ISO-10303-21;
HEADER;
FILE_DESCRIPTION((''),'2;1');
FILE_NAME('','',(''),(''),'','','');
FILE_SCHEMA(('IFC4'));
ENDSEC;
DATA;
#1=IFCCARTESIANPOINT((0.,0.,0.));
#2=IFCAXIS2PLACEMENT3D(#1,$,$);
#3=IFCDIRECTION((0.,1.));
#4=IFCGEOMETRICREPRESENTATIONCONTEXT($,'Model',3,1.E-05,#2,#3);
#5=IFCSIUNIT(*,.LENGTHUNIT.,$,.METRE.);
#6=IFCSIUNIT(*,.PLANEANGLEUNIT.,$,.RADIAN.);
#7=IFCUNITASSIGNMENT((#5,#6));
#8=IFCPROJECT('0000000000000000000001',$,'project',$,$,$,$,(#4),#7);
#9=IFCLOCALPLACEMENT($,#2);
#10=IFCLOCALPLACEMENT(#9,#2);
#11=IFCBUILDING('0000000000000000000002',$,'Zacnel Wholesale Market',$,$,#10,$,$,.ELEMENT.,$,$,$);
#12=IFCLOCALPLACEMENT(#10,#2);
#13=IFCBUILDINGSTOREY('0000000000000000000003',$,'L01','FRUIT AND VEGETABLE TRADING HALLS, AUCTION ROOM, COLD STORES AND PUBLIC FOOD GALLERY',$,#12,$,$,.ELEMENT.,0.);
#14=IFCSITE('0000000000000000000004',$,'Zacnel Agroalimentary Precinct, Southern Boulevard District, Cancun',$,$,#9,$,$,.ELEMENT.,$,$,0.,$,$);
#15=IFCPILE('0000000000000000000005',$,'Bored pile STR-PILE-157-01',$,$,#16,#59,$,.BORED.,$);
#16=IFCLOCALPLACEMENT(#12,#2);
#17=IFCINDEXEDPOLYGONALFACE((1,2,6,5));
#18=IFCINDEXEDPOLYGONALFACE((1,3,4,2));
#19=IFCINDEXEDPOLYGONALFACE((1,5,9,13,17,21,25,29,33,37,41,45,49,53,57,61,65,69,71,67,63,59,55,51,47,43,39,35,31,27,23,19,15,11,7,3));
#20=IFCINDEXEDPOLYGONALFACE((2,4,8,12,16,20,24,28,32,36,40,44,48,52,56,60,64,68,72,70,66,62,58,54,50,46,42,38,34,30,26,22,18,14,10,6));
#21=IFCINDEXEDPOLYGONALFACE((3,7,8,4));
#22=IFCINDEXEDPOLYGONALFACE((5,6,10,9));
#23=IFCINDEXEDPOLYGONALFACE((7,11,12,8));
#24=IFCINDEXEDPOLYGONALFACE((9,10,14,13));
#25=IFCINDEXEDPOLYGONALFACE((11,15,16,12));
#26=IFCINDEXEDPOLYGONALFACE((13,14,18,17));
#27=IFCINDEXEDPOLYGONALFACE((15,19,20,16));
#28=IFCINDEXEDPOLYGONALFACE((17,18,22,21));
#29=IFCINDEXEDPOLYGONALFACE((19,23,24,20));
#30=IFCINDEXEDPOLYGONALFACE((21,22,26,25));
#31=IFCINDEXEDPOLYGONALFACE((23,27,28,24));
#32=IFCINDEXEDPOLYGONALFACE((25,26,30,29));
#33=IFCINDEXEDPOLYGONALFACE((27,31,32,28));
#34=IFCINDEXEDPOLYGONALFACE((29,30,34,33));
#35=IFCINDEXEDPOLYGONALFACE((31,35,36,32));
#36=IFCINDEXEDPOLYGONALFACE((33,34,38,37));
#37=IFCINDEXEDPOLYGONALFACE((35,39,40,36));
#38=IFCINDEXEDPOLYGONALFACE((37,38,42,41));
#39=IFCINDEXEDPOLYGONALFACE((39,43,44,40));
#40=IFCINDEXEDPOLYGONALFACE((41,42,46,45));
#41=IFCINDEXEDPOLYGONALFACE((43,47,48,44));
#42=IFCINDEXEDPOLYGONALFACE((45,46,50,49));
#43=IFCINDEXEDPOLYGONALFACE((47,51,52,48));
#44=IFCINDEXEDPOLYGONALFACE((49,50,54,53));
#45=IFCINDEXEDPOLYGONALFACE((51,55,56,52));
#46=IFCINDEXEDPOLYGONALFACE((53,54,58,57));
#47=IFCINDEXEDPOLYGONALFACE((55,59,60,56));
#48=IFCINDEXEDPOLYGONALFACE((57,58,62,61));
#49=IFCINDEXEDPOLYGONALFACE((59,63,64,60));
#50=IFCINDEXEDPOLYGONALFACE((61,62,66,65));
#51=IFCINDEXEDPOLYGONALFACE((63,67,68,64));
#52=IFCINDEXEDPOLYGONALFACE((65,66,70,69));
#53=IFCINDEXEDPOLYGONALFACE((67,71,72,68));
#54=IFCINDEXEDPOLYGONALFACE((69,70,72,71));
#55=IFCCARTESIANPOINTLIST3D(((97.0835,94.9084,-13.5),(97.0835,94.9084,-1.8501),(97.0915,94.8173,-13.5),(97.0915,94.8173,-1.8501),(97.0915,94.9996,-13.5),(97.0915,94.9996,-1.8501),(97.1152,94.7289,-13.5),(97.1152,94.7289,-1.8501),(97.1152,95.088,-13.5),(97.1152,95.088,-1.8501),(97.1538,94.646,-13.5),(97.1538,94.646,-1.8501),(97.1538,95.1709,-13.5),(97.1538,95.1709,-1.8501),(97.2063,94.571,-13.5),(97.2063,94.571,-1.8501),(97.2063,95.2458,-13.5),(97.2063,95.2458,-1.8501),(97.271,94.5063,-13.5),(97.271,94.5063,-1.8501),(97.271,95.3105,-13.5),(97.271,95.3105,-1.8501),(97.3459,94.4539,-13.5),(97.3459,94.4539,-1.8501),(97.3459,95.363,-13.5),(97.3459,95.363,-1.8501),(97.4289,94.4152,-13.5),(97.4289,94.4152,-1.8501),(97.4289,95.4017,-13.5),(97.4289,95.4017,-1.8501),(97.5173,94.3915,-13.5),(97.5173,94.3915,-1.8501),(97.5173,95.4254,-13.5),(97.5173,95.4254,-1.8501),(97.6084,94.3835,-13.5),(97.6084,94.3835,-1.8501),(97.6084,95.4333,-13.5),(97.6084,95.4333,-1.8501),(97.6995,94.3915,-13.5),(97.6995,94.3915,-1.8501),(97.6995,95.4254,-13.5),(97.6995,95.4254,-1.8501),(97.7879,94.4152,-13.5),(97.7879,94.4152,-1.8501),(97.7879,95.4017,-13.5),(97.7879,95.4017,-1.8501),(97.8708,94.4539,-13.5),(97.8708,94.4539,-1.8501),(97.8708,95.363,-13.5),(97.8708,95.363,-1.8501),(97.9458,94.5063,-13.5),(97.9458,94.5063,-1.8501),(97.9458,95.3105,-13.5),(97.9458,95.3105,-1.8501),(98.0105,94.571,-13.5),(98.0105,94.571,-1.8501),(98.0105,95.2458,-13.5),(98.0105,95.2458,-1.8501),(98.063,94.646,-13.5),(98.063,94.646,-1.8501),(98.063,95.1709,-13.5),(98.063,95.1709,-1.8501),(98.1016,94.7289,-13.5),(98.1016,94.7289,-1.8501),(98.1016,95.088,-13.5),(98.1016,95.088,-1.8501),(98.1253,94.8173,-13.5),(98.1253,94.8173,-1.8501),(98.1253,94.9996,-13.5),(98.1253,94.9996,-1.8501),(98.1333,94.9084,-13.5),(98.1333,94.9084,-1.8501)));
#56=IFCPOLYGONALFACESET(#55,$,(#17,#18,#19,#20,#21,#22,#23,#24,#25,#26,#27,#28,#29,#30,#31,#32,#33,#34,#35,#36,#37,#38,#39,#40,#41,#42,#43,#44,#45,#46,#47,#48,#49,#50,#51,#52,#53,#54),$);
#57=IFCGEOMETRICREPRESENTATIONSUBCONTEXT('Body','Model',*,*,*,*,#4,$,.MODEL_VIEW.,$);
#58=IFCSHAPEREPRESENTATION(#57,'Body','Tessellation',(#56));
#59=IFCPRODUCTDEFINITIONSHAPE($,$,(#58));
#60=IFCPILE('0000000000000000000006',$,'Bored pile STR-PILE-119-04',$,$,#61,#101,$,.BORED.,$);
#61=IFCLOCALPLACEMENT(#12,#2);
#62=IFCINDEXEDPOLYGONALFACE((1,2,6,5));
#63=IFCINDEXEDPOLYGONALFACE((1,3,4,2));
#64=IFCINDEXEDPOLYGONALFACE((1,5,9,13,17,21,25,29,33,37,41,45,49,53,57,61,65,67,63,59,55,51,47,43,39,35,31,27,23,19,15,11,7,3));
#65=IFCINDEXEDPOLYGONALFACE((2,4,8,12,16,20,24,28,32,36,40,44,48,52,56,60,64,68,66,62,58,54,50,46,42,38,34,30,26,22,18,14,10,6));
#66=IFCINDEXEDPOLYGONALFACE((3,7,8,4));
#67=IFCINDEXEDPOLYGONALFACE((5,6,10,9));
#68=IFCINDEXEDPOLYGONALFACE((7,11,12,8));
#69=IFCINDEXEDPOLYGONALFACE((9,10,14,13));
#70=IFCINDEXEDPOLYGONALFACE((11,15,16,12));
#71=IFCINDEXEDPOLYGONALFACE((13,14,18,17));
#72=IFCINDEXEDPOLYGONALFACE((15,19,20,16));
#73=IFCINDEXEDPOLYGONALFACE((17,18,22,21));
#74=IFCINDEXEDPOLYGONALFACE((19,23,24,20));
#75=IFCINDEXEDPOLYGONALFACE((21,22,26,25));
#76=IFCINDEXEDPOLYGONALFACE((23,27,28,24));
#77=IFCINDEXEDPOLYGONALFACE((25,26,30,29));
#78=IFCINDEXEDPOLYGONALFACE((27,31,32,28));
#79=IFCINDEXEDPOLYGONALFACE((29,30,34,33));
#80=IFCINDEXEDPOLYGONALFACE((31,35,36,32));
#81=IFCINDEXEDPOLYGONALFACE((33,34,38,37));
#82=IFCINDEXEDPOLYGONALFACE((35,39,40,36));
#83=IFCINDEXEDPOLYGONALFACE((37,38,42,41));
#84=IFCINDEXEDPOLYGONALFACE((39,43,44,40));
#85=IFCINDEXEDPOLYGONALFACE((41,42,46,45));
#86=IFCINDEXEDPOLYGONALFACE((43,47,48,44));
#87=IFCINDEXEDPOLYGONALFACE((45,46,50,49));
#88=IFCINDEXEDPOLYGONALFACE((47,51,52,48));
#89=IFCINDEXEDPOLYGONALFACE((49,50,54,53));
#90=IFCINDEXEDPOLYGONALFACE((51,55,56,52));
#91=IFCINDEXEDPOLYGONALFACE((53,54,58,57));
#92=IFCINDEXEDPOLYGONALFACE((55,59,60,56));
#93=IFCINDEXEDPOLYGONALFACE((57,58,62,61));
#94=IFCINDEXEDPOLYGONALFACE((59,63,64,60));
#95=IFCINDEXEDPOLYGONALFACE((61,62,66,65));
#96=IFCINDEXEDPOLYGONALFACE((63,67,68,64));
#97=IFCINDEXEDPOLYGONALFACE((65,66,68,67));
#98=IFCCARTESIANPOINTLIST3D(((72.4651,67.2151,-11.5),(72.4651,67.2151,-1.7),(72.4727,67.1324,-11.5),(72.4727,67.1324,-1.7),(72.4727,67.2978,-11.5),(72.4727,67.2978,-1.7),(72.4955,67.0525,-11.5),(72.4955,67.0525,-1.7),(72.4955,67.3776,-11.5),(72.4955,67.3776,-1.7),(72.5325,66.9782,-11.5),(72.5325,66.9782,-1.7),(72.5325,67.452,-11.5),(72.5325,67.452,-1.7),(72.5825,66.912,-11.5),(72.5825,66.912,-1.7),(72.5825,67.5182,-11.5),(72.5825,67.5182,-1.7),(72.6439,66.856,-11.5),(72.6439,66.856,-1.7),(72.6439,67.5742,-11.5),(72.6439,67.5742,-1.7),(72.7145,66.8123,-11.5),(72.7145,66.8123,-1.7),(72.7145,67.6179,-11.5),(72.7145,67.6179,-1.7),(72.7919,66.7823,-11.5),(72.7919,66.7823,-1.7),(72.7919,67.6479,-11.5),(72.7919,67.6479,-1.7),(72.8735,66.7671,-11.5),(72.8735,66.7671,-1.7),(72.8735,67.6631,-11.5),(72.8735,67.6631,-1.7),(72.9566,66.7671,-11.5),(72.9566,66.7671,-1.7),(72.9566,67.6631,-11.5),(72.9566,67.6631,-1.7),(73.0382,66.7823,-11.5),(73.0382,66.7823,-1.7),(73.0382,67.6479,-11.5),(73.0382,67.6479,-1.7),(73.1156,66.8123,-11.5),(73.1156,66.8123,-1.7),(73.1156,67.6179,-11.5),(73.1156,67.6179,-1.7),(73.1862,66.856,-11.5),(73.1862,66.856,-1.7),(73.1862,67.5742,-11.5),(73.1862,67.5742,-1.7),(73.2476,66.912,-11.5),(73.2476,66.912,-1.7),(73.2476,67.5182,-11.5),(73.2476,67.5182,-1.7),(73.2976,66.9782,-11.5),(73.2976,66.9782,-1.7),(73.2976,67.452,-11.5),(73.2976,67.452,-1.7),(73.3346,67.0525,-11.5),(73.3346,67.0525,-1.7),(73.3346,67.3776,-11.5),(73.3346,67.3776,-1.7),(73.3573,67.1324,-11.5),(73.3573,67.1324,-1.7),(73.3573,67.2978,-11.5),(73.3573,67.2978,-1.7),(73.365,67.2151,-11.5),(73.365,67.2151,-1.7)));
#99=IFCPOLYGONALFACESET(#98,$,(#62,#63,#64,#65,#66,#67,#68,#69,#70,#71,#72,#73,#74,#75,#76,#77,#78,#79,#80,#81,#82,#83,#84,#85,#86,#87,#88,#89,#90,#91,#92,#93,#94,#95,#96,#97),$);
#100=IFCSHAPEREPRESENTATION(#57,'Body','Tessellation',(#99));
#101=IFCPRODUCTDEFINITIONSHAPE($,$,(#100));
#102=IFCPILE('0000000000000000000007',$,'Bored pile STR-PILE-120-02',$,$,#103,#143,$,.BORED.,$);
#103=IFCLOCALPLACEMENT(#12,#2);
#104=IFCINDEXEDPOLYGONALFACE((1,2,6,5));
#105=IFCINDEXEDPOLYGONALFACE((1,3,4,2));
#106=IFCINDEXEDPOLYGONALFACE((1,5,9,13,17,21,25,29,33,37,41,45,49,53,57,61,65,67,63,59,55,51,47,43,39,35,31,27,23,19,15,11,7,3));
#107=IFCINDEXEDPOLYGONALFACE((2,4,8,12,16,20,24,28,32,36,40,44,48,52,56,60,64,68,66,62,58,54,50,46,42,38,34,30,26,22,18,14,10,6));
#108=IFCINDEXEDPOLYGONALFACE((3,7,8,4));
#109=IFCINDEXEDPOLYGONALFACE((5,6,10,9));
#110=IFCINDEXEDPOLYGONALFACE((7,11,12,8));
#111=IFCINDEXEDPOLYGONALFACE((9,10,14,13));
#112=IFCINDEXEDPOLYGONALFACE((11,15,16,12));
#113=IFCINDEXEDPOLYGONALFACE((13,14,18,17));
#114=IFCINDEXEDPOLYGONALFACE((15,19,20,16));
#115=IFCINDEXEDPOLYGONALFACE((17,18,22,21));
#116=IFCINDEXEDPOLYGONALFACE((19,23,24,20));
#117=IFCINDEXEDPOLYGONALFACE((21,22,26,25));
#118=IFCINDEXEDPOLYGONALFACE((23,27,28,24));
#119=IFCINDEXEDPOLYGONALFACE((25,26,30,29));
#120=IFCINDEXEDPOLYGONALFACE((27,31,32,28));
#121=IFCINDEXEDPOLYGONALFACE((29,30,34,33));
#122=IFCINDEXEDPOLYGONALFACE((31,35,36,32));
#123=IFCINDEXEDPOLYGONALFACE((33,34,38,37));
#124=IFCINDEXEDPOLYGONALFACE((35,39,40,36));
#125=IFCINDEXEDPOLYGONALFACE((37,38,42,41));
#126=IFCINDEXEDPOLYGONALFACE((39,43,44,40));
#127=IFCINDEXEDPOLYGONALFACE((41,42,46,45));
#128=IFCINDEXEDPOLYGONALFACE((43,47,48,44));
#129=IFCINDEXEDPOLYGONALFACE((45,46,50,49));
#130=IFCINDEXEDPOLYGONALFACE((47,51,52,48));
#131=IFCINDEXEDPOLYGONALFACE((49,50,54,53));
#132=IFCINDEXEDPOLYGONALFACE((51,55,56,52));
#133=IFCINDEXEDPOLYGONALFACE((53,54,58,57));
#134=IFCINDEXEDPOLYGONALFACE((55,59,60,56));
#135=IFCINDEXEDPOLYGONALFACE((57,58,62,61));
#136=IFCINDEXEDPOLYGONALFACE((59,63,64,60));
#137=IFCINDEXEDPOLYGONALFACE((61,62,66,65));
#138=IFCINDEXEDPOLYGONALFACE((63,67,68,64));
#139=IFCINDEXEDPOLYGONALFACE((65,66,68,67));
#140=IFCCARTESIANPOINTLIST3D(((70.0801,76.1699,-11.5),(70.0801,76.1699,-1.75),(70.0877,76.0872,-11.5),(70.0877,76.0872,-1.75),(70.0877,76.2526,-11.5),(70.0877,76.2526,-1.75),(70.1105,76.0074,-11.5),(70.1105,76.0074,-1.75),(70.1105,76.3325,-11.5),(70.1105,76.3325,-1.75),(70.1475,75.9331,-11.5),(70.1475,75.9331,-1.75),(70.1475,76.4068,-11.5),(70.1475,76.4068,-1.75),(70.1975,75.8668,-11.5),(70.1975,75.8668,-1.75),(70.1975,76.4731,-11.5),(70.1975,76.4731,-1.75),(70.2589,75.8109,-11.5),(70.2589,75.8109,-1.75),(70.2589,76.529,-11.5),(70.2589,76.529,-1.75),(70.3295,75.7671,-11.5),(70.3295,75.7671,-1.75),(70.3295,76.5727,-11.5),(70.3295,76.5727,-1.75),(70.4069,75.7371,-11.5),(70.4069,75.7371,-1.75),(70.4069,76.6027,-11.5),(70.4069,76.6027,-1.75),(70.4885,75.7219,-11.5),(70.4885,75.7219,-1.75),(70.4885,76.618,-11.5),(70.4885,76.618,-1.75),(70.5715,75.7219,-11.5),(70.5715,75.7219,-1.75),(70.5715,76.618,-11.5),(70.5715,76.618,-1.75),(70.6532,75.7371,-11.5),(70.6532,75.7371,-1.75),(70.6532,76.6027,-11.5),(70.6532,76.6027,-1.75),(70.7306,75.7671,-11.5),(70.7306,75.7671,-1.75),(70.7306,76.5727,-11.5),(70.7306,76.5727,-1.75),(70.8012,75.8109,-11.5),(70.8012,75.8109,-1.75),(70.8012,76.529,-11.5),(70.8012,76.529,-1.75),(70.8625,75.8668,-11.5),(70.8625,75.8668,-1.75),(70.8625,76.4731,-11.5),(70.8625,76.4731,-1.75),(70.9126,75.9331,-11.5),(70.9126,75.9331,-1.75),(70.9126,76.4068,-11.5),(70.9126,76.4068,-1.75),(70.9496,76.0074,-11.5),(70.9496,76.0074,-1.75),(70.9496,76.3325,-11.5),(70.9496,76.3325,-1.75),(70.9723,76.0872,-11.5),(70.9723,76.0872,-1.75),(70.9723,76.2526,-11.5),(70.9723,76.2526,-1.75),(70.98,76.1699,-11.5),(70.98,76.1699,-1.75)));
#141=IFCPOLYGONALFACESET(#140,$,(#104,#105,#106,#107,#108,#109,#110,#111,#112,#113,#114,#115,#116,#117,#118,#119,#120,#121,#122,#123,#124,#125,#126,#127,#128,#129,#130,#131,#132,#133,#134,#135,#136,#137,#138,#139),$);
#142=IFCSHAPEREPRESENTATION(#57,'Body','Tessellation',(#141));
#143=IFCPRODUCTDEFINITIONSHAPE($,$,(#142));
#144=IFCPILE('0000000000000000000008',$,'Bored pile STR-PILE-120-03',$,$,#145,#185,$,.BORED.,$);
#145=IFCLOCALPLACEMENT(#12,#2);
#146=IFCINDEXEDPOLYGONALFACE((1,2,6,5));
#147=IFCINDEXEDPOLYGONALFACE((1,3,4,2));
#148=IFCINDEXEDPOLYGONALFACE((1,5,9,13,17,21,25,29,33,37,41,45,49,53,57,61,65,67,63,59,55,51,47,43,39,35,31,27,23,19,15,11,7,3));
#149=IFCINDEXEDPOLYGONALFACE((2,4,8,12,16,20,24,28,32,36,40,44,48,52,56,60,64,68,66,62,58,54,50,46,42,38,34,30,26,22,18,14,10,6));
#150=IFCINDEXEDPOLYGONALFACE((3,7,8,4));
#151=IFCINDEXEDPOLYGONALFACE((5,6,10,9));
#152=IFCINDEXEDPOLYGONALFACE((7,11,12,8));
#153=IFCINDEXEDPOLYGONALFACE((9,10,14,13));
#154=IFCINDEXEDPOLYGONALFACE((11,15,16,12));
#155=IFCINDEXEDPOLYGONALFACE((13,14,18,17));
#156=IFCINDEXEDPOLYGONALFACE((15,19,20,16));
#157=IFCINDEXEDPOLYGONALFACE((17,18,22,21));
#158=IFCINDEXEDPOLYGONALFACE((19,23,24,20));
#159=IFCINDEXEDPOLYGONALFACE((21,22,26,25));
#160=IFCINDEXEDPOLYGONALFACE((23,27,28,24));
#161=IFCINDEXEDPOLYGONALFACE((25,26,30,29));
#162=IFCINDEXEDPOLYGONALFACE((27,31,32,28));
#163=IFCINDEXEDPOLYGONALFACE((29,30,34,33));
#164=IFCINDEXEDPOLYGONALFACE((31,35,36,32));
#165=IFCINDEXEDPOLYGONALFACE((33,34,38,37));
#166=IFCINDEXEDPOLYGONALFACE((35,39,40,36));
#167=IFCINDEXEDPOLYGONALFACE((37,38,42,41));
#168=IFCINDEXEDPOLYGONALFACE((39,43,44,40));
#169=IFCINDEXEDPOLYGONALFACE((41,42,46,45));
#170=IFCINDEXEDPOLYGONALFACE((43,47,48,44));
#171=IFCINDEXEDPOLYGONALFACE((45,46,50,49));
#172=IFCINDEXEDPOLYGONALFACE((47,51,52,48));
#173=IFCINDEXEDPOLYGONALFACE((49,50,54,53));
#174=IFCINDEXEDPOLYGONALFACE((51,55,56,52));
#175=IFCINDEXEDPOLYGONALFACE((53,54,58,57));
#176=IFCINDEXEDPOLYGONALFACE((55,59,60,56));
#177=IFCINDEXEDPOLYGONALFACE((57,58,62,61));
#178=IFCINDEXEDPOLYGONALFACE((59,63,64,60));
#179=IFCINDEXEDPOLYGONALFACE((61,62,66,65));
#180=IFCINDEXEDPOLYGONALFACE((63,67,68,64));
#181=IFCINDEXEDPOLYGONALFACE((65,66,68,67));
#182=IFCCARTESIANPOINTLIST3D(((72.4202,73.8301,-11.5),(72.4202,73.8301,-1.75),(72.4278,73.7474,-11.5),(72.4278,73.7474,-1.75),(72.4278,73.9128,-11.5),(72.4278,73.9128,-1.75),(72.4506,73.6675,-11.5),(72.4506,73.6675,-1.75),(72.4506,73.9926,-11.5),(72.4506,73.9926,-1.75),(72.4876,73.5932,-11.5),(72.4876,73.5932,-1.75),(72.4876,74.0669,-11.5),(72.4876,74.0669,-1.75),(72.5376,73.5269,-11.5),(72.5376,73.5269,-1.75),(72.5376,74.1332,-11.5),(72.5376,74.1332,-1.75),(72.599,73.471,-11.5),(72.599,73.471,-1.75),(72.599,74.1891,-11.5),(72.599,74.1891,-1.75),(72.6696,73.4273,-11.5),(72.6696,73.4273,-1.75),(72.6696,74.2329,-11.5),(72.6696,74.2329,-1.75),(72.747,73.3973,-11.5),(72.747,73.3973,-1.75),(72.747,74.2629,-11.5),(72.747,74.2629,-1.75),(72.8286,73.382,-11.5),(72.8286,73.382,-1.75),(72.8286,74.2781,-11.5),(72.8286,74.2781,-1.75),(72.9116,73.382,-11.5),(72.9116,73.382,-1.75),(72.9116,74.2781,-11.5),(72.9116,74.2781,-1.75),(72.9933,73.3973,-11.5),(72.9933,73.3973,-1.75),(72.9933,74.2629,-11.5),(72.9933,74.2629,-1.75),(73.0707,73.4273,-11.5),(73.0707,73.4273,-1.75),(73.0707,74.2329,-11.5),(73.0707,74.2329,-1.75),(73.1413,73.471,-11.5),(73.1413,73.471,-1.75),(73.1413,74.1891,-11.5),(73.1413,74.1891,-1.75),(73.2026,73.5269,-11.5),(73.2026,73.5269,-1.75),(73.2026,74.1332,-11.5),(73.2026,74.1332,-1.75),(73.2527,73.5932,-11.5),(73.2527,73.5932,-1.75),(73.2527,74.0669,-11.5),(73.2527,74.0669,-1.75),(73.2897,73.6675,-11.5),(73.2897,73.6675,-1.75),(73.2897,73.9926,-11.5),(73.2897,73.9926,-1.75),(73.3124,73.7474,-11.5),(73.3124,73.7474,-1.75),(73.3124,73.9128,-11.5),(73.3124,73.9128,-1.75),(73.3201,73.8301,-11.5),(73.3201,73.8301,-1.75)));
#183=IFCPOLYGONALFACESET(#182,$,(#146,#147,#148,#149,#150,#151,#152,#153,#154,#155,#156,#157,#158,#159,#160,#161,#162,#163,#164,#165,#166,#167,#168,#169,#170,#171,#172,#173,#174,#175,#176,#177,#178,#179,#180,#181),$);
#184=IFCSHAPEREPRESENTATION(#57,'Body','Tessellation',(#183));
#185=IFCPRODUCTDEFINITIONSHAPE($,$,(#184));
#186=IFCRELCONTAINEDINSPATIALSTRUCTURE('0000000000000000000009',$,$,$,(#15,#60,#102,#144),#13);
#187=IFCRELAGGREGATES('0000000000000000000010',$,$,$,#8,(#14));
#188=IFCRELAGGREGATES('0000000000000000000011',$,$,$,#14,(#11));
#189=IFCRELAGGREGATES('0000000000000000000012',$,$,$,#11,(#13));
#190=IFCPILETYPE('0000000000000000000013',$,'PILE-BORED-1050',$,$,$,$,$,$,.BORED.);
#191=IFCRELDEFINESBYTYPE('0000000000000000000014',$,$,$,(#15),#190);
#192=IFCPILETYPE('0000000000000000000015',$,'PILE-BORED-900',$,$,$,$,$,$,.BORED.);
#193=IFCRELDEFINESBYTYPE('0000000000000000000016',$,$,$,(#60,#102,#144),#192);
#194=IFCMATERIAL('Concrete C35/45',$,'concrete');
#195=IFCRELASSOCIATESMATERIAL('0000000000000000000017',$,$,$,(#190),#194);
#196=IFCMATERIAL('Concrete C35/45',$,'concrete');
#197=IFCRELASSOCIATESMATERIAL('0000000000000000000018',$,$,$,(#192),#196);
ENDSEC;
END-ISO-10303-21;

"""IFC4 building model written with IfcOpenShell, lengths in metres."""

from ifc_helpers import new_model, si_unit, direction, frame, origin, origin_2d, place, context, subcontext, project, spatial, circle, extrude, material, material_profile, profile_set, type_object, element, save


model = new_model("IFC4")

# Units and contexts
model_context = context("Model", 3, precision=1e-05, world=origin(), true_north=direction((0.0, 1.0)))
body_context = subcontext(model_context, "Body", "Model", "MODEL_VIEW")
ifc_project = project(units=[si_unit("LENGTHUNIT", "METRE"), si_unit("PLANEANGLEUNIT", "RADIAN")], contexts=[model_context])

# Site, building, storey
site_placement = place(None, origin())
site = spatial("IfcSite", under=ifc_project, at=site_placement, Name="Zacnel Agroalimentary Precinct, Southern Boulevard District, Cancun", CompositionType="ELEMENT", RefElevation=0.0)
building_placement = place(site_placement, origin())
building = spatial("IfcBuilding", under=site, at=building_placement, Name="Zacnel Wholesale Market", CompositionType="ELEMENT")
storey_placement = place(building_placement, origin())
storey = spatial("IfcBuildingStorey", under=building, at=storey_placement, Name="L01", Description="FRUIT AND VEGETABLE TRADING HALLS, AUCTION ROOM, COLD STORES AND PUBLIC FOOD GALLERY", CompositionType="ELEMENT", Elevation=0.0)

# Piles
ifc_material_1 = material(Name="Concrete C35/45", Category="concrete")
ifc_material_profile_1 = material_profile(ifc_material_1, circle(Radius=0.5249, at=origin_2d()), Name="BORED PILE D1050")
ifc_profile_set_1 = profile_set([ifc_material_profile_1], Name="Concrete C35/45")
pile_type_1 = type_object("IfcPileType", Name="PILE-BORED-1050", PredefinedType="BORED", material=ifc_profile_set_1)
pile_1_placement = place(storey_placement, frame((97.6084, 94.9084, -1.8501), z_axis=(0.0, 0.0, -1.0), x_axis=(1.0, 0.0, 0.0)))
element("IfcPile", 1, at=pile_1_placement, inside=storey, type_object=pile_type_1, Name="Bored pile STR-PILE-157-01", PredefinedType="BORED", context=body_context, shape_type="SweptSolid", body=[
    extrude(circle(Radius=0.5249, at=origin_2d()), origin(), (0.0, 0.0, 1.0), 11.6499),
])
ifc_material_2 = material(Name="Concrete C35/45", Category="concrete")
ifc_material_profile_2 = material_profile(ifc_material_2, circle(Radius=0.45, at=origin_2d()), Name="BORED PILE D900")
ifc_profile_set_2 = profile_set([ifc_material_profile_2], Name="Concrete C35/45")
pile_type_2 = type_object("IfcPileType", Name="PILE-BORED-900", PredefinedType="BORED", material=ifc_profile_set_2)
pile_2_placement = place(storey_placement, frame((72.915, 67.2151, -1.7), z_axis=(0.0, 0.0, -1.0), x_axis=(1.0, 0.0, 0.0)))
element("IfcPile", 2, at=pile_2_placement, inside=storey, type_object=pile_type_2, Name="Bored pile STR-PILE-119-04", PredefinedType="BORED", context=body_context, shape_type="SweptSolid", body=[
    extrude(circle(Radius=0.45, at=origin_2d()), origin(), (0.0, 0.0, 1.0), 9.8),
])
for number, where, z_axis, x_axis, name in (
    (3, (70.53, 76.1699, -1.75), (0.0, 0.0, -1.0), (1.0, 0.0, 0.0), "Bored pile STR-PILE-120-02"),
    (4, (72.8701, 73.8301, -1.75), (0.0, 0.0, -1.0), (1.0, 0.0, 0.0), "Bored pile STR-PILE-120-03"),
):
    element("IfcPile", number, at=place(storey_placement, frame(where, z_axis=z_axis, x_axis=x_axis)), inside=storey, type_object=pile_type_2, Name=name, PredefinedType="BORED", context=body_context, shape_type="SweptSolid", body=[
        extrude(circle(Radius=0.45, at=origin_2d()), origin(), (0.0, 0.0, 1.0), 9.75),
    ])

save(model, "model.ifc")
